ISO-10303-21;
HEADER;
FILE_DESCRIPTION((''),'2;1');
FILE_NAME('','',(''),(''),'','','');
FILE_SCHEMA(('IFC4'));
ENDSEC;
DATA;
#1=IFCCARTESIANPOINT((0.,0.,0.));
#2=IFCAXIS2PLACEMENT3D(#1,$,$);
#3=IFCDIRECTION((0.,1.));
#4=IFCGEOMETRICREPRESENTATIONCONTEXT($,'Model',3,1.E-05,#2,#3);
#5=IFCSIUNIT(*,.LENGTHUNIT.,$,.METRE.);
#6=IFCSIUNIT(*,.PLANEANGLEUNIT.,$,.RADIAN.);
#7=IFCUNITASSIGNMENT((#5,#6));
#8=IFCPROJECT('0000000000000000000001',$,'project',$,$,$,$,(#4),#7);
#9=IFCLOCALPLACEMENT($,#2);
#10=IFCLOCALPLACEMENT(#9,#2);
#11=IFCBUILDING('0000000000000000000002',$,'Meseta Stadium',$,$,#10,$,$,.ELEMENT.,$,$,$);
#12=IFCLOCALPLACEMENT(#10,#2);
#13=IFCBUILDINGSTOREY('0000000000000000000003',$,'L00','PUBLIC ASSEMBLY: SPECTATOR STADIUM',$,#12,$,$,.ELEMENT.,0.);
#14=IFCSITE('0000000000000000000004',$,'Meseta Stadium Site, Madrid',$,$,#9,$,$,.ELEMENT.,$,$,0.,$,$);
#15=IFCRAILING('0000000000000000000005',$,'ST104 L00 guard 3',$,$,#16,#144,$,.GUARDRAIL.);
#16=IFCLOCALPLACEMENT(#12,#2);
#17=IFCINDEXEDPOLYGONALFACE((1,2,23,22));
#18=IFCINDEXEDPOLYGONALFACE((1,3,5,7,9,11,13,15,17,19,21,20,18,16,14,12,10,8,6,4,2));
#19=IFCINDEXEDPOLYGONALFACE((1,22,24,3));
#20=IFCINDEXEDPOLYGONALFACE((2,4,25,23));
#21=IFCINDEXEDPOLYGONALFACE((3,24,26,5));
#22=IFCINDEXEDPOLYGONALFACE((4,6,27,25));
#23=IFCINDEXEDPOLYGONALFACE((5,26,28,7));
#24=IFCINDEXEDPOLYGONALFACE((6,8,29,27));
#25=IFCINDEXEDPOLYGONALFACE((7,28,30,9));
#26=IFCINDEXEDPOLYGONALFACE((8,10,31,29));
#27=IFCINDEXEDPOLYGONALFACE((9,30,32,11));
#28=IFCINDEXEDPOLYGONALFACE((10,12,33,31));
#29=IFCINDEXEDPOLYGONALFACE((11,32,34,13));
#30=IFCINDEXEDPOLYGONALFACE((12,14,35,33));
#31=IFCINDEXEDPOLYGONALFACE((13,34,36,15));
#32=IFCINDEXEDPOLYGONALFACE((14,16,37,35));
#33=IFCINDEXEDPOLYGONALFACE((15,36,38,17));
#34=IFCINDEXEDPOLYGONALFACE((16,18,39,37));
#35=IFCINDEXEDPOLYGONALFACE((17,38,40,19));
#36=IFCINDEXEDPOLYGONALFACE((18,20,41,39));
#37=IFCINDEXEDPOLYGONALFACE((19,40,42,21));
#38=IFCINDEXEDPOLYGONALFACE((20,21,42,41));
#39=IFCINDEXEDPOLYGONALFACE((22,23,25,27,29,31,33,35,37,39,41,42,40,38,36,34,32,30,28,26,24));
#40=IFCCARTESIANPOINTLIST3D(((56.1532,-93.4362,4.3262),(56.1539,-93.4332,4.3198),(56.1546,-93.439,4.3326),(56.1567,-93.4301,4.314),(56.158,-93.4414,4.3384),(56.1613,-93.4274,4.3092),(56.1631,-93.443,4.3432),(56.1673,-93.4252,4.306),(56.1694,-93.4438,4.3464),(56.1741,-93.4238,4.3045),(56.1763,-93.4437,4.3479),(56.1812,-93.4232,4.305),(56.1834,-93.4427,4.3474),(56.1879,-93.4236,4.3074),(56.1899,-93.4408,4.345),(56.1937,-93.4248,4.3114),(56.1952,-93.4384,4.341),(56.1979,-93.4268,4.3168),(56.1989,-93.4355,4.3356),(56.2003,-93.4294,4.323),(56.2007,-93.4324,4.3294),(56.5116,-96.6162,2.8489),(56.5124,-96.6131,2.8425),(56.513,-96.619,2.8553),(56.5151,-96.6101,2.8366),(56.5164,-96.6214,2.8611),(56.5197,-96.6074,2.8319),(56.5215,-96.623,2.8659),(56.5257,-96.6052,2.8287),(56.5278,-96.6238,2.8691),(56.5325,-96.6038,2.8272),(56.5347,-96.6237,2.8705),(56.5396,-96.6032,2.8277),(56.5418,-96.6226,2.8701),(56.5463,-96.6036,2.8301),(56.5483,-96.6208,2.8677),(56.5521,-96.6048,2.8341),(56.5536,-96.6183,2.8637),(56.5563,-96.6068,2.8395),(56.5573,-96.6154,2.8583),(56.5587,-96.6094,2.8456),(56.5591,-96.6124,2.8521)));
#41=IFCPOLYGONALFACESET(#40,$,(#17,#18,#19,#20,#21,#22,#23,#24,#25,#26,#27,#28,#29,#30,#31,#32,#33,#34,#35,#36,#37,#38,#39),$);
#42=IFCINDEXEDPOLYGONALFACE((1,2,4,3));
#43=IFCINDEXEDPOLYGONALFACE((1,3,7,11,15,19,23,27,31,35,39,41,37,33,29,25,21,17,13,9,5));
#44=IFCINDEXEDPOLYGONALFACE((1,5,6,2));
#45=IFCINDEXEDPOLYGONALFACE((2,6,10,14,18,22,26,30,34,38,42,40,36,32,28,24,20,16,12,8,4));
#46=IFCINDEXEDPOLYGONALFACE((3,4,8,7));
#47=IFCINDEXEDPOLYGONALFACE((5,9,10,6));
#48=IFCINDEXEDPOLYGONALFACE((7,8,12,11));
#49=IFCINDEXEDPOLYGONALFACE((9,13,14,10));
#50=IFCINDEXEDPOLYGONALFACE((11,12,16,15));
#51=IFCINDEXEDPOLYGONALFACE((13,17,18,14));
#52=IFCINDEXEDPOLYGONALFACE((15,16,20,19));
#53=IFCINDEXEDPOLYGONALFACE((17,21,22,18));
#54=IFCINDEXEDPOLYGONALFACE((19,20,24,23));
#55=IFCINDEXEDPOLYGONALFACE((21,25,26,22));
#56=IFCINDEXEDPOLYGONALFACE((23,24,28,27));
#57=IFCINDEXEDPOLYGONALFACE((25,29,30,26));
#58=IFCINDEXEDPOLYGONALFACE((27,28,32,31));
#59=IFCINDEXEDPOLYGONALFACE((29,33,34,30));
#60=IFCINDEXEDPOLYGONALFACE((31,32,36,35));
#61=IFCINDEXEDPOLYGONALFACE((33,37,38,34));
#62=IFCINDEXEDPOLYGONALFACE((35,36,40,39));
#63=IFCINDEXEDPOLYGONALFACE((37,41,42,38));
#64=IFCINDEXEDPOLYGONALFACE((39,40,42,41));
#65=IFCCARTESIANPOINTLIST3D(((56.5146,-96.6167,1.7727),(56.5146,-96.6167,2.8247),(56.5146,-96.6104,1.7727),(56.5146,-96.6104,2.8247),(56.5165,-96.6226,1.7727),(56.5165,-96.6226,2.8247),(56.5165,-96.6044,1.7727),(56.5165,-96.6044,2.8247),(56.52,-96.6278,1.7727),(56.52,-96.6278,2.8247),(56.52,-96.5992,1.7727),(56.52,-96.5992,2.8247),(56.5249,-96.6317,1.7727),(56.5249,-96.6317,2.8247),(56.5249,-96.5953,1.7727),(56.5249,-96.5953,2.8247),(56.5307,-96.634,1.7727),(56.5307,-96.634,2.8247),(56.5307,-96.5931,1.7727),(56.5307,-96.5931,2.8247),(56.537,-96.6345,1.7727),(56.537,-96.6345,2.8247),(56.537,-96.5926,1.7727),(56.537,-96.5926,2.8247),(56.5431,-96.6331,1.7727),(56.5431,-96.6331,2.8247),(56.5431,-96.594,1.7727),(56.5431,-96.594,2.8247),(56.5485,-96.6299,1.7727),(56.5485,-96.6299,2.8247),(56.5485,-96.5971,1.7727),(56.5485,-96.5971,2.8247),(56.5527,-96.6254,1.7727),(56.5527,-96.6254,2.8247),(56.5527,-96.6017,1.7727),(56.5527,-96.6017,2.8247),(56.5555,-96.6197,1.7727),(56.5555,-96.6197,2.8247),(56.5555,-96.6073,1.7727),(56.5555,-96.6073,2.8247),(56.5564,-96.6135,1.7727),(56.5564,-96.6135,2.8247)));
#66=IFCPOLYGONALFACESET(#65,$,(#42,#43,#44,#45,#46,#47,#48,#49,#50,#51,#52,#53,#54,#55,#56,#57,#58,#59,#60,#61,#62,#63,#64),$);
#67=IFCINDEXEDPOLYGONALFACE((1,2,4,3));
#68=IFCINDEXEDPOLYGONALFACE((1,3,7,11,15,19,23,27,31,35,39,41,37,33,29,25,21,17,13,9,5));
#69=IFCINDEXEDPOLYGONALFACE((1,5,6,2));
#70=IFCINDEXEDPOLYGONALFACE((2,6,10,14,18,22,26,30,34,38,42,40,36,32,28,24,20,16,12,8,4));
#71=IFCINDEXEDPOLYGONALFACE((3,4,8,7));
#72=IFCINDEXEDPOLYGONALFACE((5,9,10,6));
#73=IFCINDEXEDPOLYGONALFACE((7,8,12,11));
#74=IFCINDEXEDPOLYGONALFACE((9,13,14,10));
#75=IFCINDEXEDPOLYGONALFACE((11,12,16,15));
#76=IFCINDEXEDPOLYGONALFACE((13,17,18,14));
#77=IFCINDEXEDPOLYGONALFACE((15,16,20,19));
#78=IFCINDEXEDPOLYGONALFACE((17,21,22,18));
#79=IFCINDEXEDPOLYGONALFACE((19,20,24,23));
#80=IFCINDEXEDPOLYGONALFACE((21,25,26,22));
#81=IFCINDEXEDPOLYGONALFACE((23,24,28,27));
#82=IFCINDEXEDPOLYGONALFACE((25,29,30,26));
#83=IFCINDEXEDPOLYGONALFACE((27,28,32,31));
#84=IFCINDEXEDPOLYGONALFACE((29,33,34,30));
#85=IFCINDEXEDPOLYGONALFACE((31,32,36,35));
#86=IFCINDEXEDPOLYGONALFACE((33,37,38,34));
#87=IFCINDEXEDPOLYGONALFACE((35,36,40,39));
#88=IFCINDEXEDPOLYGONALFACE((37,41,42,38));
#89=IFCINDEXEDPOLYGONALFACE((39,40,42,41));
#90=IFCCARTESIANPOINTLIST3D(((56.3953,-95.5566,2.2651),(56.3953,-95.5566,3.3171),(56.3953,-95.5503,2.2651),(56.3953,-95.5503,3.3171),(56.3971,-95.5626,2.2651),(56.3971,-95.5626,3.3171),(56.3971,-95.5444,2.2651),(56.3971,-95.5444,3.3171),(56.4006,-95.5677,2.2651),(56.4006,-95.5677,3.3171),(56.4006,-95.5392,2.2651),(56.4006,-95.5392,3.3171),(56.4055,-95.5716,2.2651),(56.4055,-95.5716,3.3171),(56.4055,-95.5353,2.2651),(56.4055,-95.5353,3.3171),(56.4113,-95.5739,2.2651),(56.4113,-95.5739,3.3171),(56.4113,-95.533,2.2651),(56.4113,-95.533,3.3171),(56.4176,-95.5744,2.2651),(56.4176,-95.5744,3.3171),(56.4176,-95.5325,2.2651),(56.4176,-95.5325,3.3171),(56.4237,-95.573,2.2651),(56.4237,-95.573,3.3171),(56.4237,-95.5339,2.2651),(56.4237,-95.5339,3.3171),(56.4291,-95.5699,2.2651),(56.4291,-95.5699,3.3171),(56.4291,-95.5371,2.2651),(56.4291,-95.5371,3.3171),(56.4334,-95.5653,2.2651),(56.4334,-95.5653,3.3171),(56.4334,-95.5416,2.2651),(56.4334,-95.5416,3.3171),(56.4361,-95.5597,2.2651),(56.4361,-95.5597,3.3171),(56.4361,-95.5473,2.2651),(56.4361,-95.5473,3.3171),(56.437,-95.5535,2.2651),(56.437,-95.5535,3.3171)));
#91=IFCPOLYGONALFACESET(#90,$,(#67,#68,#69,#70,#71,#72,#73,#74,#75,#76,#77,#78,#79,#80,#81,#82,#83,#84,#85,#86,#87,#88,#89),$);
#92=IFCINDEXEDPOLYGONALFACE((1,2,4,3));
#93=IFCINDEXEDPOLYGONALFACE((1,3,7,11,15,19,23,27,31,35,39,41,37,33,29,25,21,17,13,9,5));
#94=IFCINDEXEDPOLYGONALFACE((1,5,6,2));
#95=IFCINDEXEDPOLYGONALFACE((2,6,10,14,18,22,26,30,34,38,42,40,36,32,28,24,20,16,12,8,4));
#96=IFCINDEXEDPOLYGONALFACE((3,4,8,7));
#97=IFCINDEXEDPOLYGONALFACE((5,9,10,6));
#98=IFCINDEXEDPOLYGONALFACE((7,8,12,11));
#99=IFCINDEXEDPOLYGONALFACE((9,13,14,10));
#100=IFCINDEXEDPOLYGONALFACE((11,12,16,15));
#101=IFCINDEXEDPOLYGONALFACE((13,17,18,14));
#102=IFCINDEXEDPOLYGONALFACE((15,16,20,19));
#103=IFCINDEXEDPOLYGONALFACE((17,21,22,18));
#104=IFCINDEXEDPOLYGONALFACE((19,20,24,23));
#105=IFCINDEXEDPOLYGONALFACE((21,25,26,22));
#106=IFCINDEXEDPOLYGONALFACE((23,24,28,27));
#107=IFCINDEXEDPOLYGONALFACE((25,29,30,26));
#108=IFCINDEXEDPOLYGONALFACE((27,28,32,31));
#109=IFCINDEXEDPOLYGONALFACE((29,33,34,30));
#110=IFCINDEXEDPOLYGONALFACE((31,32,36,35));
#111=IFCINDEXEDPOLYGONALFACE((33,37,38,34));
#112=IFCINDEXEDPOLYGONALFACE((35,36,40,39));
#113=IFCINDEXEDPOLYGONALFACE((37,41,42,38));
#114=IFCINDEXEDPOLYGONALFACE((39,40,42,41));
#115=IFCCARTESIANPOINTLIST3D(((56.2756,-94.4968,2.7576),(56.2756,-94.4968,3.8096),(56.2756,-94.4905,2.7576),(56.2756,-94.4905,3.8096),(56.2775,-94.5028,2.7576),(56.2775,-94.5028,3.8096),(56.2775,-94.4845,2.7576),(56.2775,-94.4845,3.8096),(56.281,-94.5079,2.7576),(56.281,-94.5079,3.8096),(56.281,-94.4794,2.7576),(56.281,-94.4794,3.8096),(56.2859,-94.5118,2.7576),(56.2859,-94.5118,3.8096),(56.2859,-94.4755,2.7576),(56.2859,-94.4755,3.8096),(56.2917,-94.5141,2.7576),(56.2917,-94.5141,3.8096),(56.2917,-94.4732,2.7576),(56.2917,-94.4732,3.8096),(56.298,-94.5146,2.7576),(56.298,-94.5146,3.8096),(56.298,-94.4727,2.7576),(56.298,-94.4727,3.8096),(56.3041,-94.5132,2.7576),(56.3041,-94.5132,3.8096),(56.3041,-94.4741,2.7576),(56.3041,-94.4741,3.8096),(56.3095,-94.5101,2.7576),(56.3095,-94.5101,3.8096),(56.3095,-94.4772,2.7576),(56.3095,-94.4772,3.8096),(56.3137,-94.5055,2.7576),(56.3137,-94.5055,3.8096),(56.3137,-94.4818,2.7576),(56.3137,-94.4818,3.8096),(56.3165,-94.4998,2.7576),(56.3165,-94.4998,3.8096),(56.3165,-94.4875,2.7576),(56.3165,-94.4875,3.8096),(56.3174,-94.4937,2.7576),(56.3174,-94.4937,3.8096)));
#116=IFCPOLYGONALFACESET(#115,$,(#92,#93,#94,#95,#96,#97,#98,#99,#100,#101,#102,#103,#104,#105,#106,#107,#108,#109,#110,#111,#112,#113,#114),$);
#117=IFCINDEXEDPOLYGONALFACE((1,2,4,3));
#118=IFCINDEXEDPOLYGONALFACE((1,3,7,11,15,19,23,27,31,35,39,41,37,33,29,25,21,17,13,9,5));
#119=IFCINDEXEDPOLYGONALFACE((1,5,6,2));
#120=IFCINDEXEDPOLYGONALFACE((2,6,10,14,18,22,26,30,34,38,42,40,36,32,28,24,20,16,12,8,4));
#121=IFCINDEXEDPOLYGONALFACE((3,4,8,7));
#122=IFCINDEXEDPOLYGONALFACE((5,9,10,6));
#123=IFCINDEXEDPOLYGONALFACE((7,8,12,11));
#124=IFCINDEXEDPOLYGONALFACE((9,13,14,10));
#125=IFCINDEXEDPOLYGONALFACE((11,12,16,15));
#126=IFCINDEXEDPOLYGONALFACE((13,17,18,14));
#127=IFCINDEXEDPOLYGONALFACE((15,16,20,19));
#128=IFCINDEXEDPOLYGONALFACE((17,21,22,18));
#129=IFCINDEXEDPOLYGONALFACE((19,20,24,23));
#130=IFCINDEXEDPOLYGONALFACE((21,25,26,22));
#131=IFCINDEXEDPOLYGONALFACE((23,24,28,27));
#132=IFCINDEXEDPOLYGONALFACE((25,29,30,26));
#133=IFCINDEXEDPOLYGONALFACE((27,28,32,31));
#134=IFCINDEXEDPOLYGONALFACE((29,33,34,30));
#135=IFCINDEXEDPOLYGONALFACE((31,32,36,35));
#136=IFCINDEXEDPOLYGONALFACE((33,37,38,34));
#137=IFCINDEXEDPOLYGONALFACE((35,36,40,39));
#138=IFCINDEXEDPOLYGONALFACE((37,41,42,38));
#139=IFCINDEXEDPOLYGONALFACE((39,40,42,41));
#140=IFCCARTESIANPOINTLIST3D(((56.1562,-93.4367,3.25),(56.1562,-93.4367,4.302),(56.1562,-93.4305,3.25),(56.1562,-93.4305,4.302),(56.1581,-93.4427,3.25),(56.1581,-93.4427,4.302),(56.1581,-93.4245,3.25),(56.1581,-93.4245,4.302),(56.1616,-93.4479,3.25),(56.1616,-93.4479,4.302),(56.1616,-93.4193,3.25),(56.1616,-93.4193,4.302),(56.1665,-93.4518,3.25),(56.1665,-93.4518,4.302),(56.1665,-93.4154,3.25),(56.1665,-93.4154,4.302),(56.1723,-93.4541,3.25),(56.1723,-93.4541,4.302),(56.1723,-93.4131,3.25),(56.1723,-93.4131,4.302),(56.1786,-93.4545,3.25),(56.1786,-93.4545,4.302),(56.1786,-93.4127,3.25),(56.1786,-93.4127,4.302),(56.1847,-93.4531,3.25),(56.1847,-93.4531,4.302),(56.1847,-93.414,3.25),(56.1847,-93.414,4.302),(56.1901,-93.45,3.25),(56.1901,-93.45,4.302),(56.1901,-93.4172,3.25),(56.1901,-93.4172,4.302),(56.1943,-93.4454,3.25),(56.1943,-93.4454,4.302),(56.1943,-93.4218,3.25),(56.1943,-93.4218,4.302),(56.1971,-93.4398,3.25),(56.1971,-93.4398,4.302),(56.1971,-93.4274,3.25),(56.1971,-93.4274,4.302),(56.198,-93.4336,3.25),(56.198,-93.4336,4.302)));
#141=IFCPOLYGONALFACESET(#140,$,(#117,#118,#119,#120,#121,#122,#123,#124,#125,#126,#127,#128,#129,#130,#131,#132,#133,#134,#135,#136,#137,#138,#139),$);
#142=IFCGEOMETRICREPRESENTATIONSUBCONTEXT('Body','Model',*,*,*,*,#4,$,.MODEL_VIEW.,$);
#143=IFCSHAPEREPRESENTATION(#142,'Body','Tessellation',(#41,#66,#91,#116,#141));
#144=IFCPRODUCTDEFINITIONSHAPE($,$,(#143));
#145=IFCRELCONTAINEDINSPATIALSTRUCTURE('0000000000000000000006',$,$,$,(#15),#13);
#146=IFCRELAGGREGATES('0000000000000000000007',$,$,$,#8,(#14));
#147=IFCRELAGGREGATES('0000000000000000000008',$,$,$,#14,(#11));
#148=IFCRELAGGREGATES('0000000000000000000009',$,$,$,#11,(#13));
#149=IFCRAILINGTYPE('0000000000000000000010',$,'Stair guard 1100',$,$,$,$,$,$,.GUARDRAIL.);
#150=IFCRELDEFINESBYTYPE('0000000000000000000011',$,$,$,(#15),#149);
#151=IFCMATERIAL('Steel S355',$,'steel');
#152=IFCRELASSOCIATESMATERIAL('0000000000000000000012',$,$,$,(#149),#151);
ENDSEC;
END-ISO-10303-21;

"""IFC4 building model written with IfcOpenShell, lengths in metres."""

from ifc_helpers import new_model, si_unit, direction, frame, origin, origin_2d, place, context, subcontext, project, spatial, circle, extrude, material, type_object, element, save


model = new_model("IFC4")

# Units and contexts
model_context = context("Model", 3, precision=1e-05, world=origin(), true_north=direction((0.0, 1.0)))
body_context = subcontext(model_context, "Body", "Model", "MODEL_VIEW")
ifc_project = project(units=[si_unit("LENGTHUNIT", "METRE"), si_unit("PLANEANGLEUNIT", "RADIAN")], contexts=[model_context])

# Site, building, storey
site_placement = place(None, origin())
site = spatial("IfcSite", under=ifc_project, at=site_placement, Name="Meseta Stadium Site, Madrid", CompositionType="ELEMENT", RefElevation=0.0)
building_placement = place(site_placement, origin())
building = spatial("IfcBuilding", under=site, at=building_placement, Name="Meseta Stadium", CompositionType="ELEMENT")
storey_placement = place(building_placement, origin())
storey = spatial("IfcBuildingStorey", under=building, at=storey_placement, Name="L00", Description="PUBLIC ASSEMBLY: SPECTATOR STADIUM", CompositionType="ELEMENT", Elevation=0.0)

# Railing
ifc_material_1 = material(Name="Steel S355", Category="steel")
railing_type_1 = type_object("IfcRailingType", Name="Stair guard 1100", PredefinedType="GUARDRAIL", material=ifc_material_1)
railing_1_placement = place(storey_placement, frame((56.5354, -96.6135, 1.7727)))
element("IfcRailing", 1, at=railing_1_placement, inside=storey, type_object=railing_type_1, Name="ST104 L00 guard 3", PredefinedType="GUARDRAIL", context=body_context, shape_type="SweptSolid", body=[
    extrude(circle(Radius=0.0239, at=origin_2d()), frame((0.0, 0.0, 1.0762), z_axis=(-0.101685, 0.90221, 0.419138), x_axis=(-0.993709, -0.111997, 0.0)), (0.0, 0.0, 1.0), 3.5247),
    extrude(circle(Radius=0.021, at=origin_2d()), origin(), (0.0, 0.0, 1.0), 1.052),
    extrude(circle(Radius=0.021, at=origin_2d()), frame((-0.1194, 1.0601, 0.4924)), (0.0, 0.0, 1.0), 1.052),
    extrude(circle(Radius=0.021, at=origin_2d()), frame((-0.239, 2.1199, 0.9849)), (0.0, 0.0, 1.0), 1.052),
    extrude(circle(Radius=0.021, at=origin_2d()), frame((-0.3584, 3.1799, 1.4773)), (0.0, 0.0, 1.0), 1.052),
])

save(model, "model.ifc")
